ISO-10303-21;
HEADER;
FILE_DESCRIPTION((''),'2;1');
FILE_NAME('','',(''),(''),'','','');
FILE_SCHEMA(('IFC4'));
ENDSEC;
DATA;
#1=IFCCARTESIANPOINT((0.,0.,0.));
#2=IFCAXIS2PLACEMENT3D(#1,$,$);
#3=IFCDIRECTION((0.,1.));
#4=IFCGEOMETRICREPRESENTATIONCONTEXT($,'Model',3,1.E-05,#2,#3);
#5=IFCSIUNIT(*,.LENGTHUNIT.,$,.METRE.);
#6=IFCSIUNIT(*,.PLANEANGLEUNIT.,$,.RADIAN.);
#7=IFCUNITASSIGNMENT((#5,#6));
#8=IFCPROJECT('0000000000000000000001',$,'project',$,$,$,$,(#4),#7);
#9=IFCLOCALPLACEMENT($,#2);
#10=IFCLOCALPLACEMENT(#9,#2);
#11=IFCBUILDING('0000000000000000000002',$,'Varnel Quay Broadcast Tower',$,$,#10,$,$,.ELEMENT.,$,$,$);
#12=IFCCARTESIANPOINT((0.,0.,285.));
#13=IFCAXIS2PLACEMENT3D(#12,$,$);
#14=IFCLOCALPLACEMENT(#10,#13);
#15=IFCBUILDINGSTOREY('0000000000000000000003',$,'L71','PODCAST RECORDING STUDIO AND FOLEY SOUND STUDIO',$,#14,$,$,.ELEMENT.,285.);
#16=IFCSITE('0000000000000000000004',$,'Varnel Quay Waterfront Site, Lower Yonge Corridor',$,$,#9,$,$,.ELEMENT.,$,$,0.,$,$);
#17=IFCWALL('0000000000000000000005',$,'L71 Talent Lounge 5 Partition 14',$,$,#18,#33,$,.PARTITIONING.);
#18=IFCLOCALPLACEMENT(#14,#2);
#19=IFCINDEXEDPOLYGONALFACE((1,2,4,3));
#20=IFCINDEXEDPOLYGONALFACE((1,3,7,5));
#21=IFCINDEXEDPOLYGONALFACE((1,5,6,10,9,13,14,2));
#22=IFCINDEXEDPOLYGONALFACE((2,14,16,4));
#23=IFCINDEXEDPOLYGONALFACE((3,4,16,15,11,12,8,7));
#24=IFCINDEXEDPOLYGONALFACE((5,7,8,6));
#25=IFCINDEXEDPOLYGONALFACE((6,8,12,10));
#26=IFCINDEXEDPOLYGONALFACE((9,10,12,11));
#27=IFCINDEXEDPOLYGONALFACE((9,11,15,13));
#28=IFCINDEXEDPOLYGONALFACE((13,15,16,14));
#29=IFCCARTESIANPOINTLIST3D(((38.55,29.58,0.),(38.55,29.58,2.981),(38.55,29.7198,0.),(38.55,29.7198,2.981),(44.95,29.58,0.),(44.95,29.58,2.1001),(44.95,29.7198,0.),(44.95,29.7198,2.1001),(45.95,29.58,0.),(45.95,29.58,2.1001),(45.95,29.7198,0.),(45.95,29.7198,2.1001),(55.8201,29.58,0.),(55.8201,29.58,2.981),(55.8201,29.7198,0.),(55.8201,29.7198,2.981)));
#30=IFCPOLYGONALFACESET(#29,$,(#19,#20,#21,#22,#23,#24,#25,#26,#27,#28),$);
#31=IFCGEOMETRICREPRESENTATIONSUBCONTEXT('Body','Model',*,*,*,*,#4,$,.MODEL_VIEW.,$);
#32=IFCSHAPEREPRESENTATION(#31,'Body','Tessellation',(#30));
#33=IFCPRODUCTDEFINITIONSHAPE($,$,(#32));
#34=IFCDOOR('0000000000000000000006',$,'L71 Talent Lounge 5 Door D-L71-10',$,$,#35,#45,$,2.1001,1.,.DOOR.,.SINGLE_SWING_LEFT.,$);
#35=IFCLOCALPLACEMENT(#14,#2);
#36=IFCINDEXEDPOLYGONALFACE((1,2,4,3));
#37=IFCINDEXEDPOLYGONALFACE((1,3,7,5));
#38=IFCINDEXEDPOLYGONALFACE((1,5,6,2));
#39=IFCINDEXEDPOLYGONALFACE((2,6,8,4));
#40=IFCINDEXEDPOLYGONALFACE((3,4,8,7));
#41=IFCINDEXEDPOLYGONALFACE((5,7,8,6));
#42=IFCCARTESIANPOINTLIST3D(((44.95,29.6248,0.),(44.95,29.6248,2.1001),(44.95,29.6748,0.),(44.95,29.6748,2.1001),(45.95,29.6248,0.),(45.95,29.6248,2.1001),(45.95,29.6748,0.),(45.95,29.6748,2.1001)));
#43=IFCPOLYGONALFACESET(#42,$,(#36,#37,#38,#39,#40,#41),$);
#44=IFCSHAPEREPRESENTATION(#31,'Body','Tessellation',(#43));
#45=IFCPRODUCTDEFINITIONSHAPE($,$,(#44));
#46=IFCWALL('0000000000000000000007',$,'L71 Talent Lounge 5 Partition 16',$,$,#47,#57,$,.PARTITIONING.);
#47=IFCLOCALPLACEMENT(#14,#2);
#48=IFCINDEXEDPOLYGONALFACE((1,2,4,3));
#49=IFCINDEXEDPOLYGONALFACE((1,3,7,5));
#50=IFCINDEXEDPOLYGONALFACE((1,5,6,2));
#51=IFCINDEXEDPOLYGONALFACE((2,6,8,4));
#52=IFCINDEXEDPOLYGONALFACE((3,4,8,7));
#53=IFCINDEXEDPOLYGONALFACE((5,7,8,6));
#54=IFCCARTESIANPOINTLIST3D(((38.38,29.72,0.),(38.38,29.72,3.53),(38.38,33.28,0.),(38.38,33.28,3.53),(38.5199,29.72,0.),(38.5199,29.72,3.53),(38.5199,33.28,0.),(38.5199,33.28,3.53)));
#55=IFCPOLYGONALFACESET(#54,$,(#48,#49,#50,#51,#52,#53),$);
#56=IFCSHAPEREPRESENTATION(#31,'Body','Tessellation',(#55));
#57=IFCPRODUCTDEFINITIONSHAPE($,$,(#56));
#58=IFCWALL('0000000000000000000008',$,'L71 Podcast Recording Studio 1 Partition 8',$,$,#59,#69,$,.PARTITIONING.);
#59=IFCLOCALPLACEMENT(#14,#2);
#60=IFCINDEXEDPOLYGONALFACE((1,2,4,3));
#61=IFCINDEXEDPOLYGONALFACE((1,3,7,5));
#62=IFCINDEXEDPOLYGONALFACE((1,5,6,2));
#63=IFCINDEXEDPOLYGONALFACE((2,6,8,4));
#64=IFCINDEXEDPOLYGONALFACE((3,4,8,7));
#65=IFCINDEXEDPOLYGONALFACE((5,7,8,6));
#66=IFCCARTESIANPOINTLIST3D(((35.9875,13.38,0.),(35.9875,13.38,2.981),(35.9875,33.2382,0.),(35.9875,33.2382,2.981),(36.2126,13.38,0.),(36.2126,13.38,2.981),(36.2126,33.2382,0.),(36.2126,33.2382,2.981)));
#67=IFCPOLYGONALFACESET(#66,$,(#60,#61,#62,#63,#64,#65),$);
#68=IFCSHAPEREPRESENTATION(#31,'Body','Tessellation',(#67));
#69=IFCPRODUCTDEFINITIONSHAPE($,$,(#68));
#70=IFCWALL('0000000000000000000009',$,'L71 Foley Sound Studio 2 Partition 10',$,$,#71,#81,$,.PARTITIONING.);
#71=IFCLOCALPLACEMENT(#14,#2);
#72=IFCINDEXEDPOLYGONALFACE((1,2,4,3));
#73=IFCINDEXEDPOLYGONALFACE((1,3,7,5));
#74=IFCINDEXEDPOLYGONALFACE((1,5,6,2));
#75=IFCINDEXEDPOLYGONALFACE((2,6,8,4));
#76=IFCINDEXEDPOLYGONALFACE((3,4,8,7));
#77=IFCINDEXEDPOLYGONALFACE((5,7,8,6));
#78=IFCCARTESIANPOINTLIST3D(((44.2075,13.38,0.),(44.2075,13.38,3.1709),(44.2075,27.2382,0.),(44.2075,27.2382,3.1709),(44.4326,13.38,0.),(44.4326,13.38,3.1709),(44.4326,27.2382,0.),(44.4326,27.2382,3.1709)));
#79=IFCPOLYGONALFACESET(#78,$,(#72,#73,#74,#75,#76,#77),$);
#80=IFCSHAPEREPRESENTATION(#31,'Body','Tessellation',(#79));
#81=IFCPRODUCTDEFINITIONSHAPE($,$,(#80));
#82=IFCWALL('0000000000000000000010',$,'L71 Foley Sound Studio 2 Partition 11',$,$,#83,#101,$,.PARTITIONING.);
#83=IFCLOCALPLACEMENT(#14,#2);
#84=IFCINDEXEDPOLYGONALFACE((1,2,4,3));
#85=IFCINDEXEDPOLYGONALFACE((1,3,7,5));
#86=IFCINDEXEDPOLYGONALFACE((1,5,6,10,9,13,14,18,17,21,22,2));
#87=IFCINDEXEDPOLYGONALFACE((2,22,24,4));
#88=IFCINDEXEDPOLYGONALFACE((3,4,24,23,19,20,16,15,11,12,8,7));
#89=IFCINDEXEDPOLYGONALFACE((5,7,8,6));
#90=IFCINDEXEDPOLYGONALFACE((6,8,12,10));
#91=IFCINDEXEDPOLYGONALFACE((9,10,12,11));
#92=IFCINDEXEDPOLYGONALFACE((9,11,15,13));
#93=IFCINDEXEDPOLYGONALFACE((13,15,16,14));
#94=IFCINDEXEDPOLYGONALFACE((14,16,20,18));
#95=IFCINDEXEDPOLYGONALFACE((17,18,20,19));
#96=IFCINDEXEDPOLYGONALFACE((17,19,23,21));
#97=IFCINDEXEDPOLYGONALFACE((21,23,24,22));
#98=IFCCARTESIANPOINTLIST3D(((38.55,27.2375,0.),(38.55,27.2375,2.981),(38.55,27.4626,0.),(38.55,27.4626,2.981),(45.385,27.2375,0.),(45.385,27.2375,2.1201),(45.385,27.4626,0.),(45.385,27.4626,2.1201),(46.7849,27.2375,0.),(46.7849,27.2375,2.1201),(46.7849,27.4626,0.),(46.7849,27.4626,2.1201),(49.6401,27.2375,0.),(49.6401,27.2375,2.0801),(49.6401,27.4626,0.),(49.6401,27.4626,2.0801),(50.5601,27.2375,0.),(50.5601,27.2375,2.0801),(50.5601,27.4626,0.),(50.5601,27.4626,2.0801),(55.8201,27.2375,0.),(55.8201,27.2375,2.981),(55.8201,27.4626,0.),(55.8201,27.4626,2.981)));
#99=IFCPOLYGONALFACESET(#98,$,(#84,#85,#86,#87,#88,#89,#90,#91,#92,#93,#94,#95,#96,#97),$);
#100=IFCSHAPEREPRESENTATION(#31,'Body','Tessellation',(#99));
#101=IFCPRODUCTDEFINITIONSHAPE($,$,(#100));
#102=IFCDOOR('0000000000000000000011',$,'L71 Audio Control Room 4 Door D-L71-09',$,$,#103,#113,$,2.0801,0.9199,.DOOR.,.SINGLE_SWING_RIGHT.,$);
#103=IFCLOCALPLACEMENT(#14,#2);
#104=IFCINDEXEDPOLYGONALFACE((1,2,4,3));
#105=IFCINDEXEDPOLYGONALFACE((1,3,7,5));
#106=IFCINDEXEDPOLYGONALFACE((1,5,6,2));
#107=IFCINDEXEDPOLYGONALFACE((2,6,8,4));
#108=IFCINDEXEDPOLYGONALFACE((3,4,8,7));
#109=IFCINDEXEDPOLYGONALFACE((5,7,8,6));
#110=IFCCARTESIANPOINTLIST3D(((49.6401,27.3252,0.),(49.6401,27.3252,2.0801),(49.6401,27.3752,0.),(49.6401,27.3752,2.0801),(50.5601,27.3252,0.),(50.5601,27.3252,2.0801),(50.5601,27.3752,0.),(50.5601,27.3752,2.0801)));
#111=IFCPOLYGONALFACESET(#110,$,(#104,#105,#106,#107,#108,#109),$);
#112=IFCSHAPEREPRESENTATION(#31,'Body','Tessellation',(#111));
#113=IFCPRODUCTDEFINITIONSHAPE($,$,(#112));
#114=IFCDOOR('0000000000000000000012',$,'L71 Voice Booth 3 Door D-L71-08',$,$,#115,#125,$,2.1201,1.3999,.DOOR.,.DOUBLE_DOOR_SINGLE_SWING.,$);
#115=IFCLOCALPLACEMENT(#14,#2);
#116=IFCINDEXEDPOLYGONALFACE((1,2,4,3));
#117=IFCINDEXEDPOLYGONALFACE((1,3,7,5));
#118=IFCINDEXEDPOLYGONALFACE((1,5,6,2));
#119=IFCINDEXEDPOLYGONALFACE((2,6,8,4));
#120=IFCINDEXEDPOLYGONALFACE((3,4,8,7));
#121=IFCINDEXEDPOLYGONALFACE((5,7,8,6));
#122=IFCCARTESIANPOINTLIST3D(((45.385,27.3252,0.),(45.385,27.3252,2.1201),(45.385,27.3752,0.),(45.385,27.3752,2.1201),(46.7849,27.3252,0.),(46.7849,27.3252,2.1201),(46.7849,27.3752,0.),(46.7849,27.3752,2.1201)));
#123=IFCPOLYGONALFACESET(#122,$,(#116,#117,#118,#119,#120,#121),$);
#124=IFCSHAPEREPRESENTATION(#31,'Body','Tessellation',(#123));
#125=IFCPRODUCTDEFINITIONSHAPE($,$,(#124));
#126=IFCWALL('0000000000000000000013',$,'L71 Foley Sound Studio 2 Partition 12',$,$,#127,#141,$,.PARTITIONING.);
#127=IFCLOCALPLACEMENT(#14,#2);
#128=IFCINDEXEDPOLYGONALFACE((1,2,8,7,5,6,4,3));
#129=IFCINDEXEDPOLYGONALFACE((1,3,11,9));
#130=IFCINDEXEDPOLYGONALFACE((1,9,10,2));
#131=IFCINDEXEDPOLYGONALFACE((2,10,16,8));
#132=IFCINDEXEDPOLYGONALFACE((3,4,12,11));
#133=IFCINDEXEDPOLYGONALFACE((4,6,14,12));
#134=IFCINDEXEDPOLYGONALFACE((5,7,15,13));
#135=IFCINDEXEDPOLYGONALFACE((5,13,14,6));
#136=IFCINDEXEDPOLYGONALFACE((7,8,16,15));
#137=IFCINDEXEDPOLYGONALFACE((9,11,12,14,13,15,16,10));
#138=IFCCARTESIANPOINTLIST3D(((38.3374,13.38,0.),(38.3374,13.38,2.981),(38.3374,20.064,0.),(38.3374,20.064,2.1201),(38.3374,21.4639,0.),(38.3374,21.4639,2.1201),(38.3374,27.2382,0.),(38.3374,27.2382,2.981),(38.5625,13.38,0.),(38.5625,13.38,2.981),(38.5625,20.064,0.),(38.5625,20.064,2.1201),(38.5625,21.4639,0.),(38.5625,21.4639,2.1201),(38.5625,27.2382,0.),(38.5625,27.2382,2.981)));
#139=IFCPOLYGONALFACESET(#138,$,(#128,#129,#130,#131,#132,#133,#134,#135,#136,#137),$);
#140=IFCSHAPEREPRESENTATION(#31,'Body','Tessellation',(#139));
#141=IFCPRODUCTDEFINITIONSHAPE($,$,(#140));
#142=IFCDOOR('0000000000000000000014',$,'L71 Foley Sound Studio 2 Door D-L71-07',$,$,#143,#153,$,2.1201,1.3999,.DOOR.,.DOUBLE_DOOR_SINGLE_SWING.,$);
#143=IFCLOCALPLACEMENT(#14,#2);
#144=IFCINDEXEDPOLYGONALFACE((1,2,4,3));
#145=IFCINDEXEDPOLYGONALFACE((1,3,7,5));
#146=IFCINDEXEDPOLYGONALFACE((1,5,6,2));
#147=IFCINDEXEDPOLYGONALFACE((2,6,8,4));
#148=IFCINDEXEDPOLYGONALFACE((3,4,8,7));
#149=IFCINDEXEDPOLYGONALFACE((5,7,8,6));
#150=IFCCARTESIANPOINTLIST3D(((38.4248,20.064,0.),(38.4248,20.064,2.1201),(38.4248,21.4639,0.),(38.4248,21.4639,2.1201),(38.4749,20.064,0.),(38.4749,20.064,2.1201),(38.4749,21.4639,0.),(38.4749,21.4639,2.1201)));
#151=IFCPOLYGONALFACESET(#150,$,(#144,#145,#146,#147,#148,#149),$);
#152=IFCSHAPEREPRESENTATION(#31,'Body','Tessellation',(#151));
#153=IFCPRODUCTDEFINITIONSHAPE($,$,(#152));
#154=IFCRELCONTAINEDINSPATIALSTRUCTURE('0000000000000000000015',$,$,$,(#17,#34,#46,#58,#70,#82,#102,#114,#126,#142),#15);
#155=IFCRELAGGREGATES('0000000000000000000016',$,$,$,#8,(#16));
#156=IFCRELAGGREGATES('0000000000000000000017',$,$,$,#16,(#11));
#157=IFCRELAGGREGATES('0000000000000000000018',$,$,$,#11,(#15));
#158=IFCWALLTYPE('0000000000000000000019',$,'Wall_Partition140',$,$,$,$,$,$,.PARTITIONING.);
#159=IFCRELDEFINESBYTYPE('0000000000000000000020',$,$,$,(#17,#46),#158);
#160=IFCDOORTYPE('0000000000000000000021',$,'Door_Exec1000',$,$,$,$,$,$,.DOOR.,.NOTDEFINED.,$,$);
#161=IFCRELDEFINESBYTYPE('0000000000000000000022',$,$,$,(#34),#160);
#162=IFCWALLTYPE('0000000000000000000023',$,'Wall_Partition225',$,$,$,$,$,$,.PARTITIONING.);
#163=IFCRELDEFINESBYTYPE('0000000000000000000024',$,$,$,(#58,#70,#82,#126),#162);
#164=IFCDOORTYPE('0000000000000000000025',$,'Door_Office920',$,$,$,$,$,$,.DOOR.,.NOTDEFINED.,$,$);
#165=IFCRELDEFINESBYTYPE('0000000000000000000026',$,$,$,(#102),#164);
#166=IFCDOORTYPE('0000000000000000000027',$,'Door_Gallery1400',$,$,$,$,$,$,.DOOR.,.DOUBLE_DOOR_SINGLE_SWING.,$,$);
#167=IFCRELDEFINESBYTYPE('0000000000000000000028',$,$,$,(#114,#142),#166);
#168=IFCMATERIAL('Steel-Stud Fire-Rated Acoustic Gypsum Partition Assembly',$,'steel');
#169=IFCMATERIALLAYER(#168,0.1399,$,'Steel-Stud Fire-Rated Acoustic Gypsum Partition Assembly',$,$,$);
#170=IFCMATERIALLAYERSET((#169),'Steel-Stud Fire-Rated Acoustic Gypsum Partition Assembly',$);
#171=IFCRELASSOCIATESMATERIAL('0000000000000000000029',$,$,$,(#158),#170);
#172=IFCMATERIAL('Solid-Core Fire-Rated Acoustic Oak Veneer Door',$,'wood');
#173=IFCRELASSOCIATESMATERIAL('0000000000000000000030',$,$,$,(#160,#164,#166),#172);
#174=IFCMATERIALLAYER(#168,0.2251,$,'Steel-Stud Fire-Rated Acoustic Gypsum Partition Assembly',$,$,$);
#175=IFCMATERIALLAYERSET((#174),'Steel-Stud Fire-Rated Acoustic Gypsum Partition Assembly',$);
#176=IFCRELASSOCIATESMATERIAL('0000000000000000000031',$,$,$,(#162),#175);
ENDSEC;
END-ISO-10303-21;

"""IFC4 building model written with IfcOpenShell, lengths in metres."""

from ifc_helpers import new_model, si_unit, direction, frame, frame_2d, origin, place, context, subcontext, project, spatial, rectangle, extrude, source, transform, mapped, material, layer, layer_set, type_object, type_shapes, element, fill, save


model = new_model("IFC4")

# Units and contexts
model_context = context("Model", 3, precision=1e-05, world=origin(), true_north=direction((0.0, 1.0)))
body_context = subcontext(model_context, "Body", "Model", "MODEL_VIEW")
ifc_project = project(units=[si_unit("LENGTHUNIT", "METRE"), si_unit("PLANEANGLEUNIT", "RADIAN")], contexts=[model_context])

# Site, building, storey
site_placement = place(None, origin())
site = spatial("IfcSite", under=ifc_project, at=site_placement, Name="Varnel Quay Waterfront Site, Lower Yonge Corridor", CompositionType="ELEMENT", RefElevation=0.0)
building_placement = place(site_placement, origin())
building = spatial("IfcBuilding", under=site, at=building_placement, Name="Varnel Quay Broadcast Tower", CompositionType="ELEMENT")
storey_placement = place(building_placement, frame((0.0, 0.0, 285.0)))
storey = spatial("IfcBuildingStorey", under=building, at=storey_placement, Name="L71", Description="PODCAST RECORDING STUDIO AND FOLEY SOUND STUDIO", CompositionType="ELEMENT", Elevation=285.0)

# Wall, opening, door
ifc_material_1 = material(Name="Steel-Stud Fire-Rated Acoustic Gypsum Partition Assembly", Category="steel")
ifc_layer_1 = layer(ifc_material_1, 0.1399, Name="Steel-Stud Fire-Rated Acoustic Gypsum Partition Assembly")
ifc_layer_set_1 = layer_set([ifc_layer_1], Name="Steel-Stud Fire-Rated Acoustic Gypsum Partition Assembly")
wall_type_1 = type_object("IfcWallType", Name="Wall_Partition140", PredefinedType="PARTITIONING", material=ifc_layer_set_1)
wall_1_placement = place(storey_placement, frame((38.55, 29.6499, 0.0), z_axis=(0.0, 0.0, 1.0), x_axis=(1.0, 0.0, 0.0)))
wall_1 = element("IfcWall", 1, at=wall_1_placement, inside=storey, type_object=wall_type_1, Name="L71 Talent Lounge 5 Partition 14", PredefinedType="PARTITIONING", context=body_context, shape_type="SweptSolid", body=[
    extrude(rectangle(XDim=17.27, YDim=0.1399, at=frame_2d((8.635, 0.0))), origin(), (0.0, 0.0, 1.0), 2.981),
])
opening_1_placement = place(wall_1_placement, frame((6.3999, 0.0, 0.0)))
opening_1 = element("IfcOpeningElement", 2, at=opening_1_placement, cuts=wall_1, PredefinedType="OPENING", context=body_context, shape_type="SweptSolid", body=[
    extrude(rectangle(XDim=1.0, YDim=2.1001, at=frame_2d((0.5, 1.05))), frame((0.0, 0.0801, 0.0), z_axis=(0.0, -1.0, 0.0), x_axis=(1.0, 0.0, 0.0)), (0.0, 0.0, 1.0), 0.1599),
])
ifc_material_2 = material(Name="Solid-Core Fire-Rated Acoustic Oak Veneer Door", Category="wood")
door_type_1 = type_object("IfcDoorType", Name="Door_Exec1000", OperationType="NOTDEFINED", PredefinedType="DOOR", material=ifc_material_2)
shared_shape_1 = source(origin(), body_context, "Body", "SweptSolid", [
    extrude(rectangle(XDim=1.0, YDim=2.1001, at=frame_2d((0.5, 1.05))), frame((0.0, 0.0249, 0.0), z_axis=(0.0, -1.0, 0.0), x_axis=(1.0, 0.0, 0.0)), (0.0, 0.0, 1.0), 0.05),
])
type_shapes(door_type_1, [shared_shape_1])
door_1_placement = place(opening_1_placement, origin())
door_1 = element("IfcDoor", 3, at=door_1_placement, inside=storey, type_object=door_type_1, Name="L71 Talent Lounge 5 Door D-L71-10", OperationType="SINGLE_SWING_LEFT", OverallHeight=2.1001, OverallWidth=1.0, PredefinedType="DOOR", context=body_context, shape_type="MappedRepresentation", body=[
    mapped(shared_shape_1, transform((0.0, 0.0, 0.0), x_axis=(1.0, 0.0, 0.0), y_axis=(0.0, 1.0, 0.0), z_axis=(0.0, 0.0, 1.0), scale=1.0)),
])
fill(opening_1, door_1)

# Walls
wall_2_placement = place(storey_placement, frame((38.45, 29.72, 0.0), z_axis=(0.0, 0.0, 1.0), x_axis=(0.0, 1.0, 0.0)))
element("IfcWall", 4, at=wall_2_placement, inside=storey, type_object=wall_type_1, Name="L71 Talent Lounge 5 Partition 16", PredefinedType="PARTITIONING", context=body_context, shape_type="SweptSolid", body=[
    extrude(rectangle(XDim=3.5601, YDim=0.1399, at=frame_2d((1.78, 0.0))), origin(), (0.0, 0.0, 1.0), 3.53),
])
ifc_layer_2 = layer(ifc_material_1, 0.2251, Name="Steel-Stud Fire-Rated Acoustic Gypsum Partition Assembly")
ifc_layer_set_2 = layer_set([ifc_layer_2], Name="Steel-Stud Fire-Rated Acoustic Gypsum Partition Assembly")
wall_type_2 = type_object("IfcWallType", Name="Wall_Partition225", PredefinedType="PARTITIONING", material=ifc_layer_set_2)
wall_3_placement = place(storey_placement, frame((36.1001, 13.3799, 0.0), z_axis=(0.0, 0.0, 1.0), x_axis=(0.0, 1.0, 0.0)))
element("IfcWall", 5, at=wall_3_placement, inside=storey, type_object=wall_type_2, Name="L71 Podcast Recording Studio 1 Partition 8", PredefinedType="PARTITIONING", context=body_context, shape_type="SweptSolid", body=[
    extrude(rectangle(XDim=19.8582, YDim=0.2251, at=frame_2d((9.9292, 0.0))), origin(), (0.0, 0.0, 1.0), 2.981),
])
wall_4_placement = place(storey_placement, frame((44.3201, 13.3799, 0.0), z_axis=(0.0, 0.0, 1.0), x_axis=(0.0, 1.0, 0.0)))
element("IfcWall", 6, at=wall_4_placement, inside=storey, type_object=wall_type_2, Name="L71 Foley Sound Studio 2 Partition 10", PredefinedType="PARTITIONING", context=body_context, shape_type="SweptSolid", body=[
    extrude(rectangle(XDim=13.8582, YDim=0.2251, at=frame_2d((6.9292, 0.0))), origin(), (0.0, 0.0, 1.0), 3.1709),
])

# Wall, openings, doors
wall_5_placement = place(storey_placement, frame((38.55, 27.3501, 0.0), z_axis=(0.0, 0.0, 1.0), x_axis=(1.0, 0.0, 0.0)))
wall_5 = element("IfcWall", 7, at=wall_5_placement, inside=storey, type_object=wall_type_2, Name="L71 Foley Sound Studio 2 Partition 11", PredefinedType="PARTITIONING", context=body_context, shape_type="SweptSolid", body=[
    extrude(rectangle(XDim=17.27, YDim=0.2251, at=frame_2d((8.635, 0.0))), origin(), (0.0, 0.0, 1.0), 2.981),
])
opening_2_placement = place(wall_5_placement, frame((6.835, 0.0, 0.0)))
opening_2 = element("IfcOpeningElement", 8, at=opening_2_placement, cuts=wall_5, PredefinedType="OPENING", context=body_context, shape_type="SweptSolid", body=[
    extrude(rectangle(XDim=1.3999, YDim=2.1201, at=frame_2d((0.7, 1.0601))), frame((0.0, 0.1226, 0.0), z_axis=(0.0, -1.0, 0.0), x_axis=(1.0, 0.0, 0.0)), (0.0, 0.0, 1.0), 0.2451),
])
opening_3_placement = place(wall_5_placement, frame((11.0901, 0.0, 0.0)))
opening_3 = element("IfcOpeningElement", 9, at=opening_3_placement, cuts=wall_5, PredefinedType="OPENING", context=body_context, shape_type="SweptSolid", body=[
    extrude(rectangle(XDim=0.9199, YDim=2.0801, at=frame_2d((0.46, 1.04))), frame((0.0, 0.1226, 0.0), z_axis=(0.0, -1.0, 0.0), x_axis=(1.0, 0.0, 0.0)), (0.0, 0.0, 1.0), 0.2451),
])
door_type_2 = type_object("IfcDoorType", Name="Door_Office920", OperationType="NOTDEFINED", PredefinedType="DOOR", material=ifc_material_2)
shared_shape_2 = source(origin(), body_context, "Body", "SweptSolid", [
    extrude(rectangle(XDim=0.9199, YDim=2.0801, at=frame_2d((0.46, 1.04))), frame((0.0, 0.0249, 0.0), z_axis=(0.0, -1.0, 0.0), x_axis=(1.0, 0.0, 0.0)), (0.0, 0.0, 1.0), 0.05),
])
type_shapes(door_type_2, [shared_shape_2])
door_2_placement = place(opening_3_placement, frame((0.9199, 0.0, 0.0), z_axis=(0.0, 0.0, 1.0), x_axis=(-1.0, 0.0, 0.0)))
door_2 = element("IfcDoor", 10, at=door_2_placement, inside=storey, type_object=door_type_2, Name="L71 Audio Control Room 4 Door D-L71-09", OperationType="SINGLE_SWING_RIGHT", OverallHeight=2.0801, OverallWidth=0.9199, PredefinedType="DOOR", context=body_context, shape_type="MappedRepresentation", body=[
    mapped(shared_shape_2, transform((0.0, 0.0, 0.0), x_axis=(1.0, 0.0, 0.0), y_axis=(0.0, 1.0, 0.0), z_axis=(0.0, 0.0, 1.0), scale=1.0)),
])
fill(opening_3, door_2)
door_type_3 = type_object("IfcDoorType", Name="Door_Gallery1400", OperationType="DOUBLE_DOOR_SINGLE_SWING", PredefinedType="DOOR", material=ifc_material_2)
shared_shape_3 = source(origin(), body_context, "Body", "SweptSolid", [
    extrude(rectangle(XDim=1.3999, YDim=2.1201, at=frame_2d((0.7, 1.0601))), frame((0.0, 0.0249, 0.0), z_axis=(0.0, -1.0, 0.0), x_axis=(1.0, 0.0, 0.0)), (0.0, 0.0, 1.0), 0.05),
])
type_shapes(door_type_3, [shared_shape_3])
door_3_placement = place(opening_2_placement, frame((1.3999, 0.0, 0.0), z_axis=(0.0, 0.0, 1.0), x_axis=(-1.0, 0.0, 0.0)))
door_3 = element("IfcDoor", 11, at=door_3_placement, inside=storey, type_object=door_type_3, Name="L71 Voice Booth 3 Door D-L71-08", OperationType="DOUBLE_DOOR_SINGLE_SWING", OverallHeight=2.1201, OverallWidth=1.3999, PredefinedType="DOOR", context=body_context, shape_type="MappedRepresentation", body=[
    mapped(shared_shape_3, transform((0.0, 0.0, 0.0), x_axis=(1.0, 0.0, 0.0), y_axis=(0.0, 1.0, 0.0), z_axis=(0.0, 0.0, 1.0), scale=1.0)),
])
fill(opening_2, door_3)

# Wall, opening, door
wall_6_placement = place(storey_placement, frame((38.45, 13.3799, 0.0), z_axis=(0.0, 0.0, 1.0), x_axis=(0.0, 1.0, 0.0)))
wall_6 = element("IfcWall", 12, at=wall_6_placement, inside=storey, type_object=wall_type_2, Name="L71 Foley Sound Studio 2 Partition 12", PredefinedType="PARTITIONING", context=body_context, shape_type="SweptSolid", body=[
    extrude(rectangle(XDim=13.8582, YDim=0.2251, at=frame_2d((6.9292, 0.0))), origin(), (0.0, 0.0, 1.0), 2.981),
])
opening_4_placement = place(wall_6_placement, frame((6.6841, 0.0, 0.0)))
opening_4 = element("IfcOpeningElement", 13, at=opening_4_placement, cuts=wall_6, PredefinedType="OPENING", context=body_context, shape_type="SweptSolid", body=[
    extrude(rectangle(XDim=1.3999, YDim=2.1201, at=frame_2d((0.7, 1.0601))), frame((0.0, 0.1226, 0.0), z_axis=(0.0, -1.0, 0.0), x_axis=(1.0, 0.0, 0.0)), (0.0, 0.0, 1.0), 0.2451),
])
door_4_placement = place(opening_4_placement, frame((1.3999, 0.0, 0.0), z_axis=(0.0, 0.0, 1.0), x_axis=(-1.0, 0.0, 0.0)))
door_4 = element("IfcDoor", 14, at=door_4_placement, inside=storey, type_object=door_type_3, Name="L71 Foley Sound Studio 2 Door D-L71-07", OperationType="DOUBLE_DOOR_SINGLE_SWING", OverallHeight=2.1201, OverallWidth=1.3999, PredefinedType="DOOR", context=body_context, shape_type="MappedRepresentation", body=[
    mapped(shared_shape_3, transform((0.0, 0.0, 0.0), x_axis=(1.0, 0.0, 0.0), y_axis=(0.0, 1.0, 0.0), z_axis=(0.0, 0.0, 1.0), scale=1.0)),
])
fill(opening_4, door_4)

save(model, "model.ifc")
